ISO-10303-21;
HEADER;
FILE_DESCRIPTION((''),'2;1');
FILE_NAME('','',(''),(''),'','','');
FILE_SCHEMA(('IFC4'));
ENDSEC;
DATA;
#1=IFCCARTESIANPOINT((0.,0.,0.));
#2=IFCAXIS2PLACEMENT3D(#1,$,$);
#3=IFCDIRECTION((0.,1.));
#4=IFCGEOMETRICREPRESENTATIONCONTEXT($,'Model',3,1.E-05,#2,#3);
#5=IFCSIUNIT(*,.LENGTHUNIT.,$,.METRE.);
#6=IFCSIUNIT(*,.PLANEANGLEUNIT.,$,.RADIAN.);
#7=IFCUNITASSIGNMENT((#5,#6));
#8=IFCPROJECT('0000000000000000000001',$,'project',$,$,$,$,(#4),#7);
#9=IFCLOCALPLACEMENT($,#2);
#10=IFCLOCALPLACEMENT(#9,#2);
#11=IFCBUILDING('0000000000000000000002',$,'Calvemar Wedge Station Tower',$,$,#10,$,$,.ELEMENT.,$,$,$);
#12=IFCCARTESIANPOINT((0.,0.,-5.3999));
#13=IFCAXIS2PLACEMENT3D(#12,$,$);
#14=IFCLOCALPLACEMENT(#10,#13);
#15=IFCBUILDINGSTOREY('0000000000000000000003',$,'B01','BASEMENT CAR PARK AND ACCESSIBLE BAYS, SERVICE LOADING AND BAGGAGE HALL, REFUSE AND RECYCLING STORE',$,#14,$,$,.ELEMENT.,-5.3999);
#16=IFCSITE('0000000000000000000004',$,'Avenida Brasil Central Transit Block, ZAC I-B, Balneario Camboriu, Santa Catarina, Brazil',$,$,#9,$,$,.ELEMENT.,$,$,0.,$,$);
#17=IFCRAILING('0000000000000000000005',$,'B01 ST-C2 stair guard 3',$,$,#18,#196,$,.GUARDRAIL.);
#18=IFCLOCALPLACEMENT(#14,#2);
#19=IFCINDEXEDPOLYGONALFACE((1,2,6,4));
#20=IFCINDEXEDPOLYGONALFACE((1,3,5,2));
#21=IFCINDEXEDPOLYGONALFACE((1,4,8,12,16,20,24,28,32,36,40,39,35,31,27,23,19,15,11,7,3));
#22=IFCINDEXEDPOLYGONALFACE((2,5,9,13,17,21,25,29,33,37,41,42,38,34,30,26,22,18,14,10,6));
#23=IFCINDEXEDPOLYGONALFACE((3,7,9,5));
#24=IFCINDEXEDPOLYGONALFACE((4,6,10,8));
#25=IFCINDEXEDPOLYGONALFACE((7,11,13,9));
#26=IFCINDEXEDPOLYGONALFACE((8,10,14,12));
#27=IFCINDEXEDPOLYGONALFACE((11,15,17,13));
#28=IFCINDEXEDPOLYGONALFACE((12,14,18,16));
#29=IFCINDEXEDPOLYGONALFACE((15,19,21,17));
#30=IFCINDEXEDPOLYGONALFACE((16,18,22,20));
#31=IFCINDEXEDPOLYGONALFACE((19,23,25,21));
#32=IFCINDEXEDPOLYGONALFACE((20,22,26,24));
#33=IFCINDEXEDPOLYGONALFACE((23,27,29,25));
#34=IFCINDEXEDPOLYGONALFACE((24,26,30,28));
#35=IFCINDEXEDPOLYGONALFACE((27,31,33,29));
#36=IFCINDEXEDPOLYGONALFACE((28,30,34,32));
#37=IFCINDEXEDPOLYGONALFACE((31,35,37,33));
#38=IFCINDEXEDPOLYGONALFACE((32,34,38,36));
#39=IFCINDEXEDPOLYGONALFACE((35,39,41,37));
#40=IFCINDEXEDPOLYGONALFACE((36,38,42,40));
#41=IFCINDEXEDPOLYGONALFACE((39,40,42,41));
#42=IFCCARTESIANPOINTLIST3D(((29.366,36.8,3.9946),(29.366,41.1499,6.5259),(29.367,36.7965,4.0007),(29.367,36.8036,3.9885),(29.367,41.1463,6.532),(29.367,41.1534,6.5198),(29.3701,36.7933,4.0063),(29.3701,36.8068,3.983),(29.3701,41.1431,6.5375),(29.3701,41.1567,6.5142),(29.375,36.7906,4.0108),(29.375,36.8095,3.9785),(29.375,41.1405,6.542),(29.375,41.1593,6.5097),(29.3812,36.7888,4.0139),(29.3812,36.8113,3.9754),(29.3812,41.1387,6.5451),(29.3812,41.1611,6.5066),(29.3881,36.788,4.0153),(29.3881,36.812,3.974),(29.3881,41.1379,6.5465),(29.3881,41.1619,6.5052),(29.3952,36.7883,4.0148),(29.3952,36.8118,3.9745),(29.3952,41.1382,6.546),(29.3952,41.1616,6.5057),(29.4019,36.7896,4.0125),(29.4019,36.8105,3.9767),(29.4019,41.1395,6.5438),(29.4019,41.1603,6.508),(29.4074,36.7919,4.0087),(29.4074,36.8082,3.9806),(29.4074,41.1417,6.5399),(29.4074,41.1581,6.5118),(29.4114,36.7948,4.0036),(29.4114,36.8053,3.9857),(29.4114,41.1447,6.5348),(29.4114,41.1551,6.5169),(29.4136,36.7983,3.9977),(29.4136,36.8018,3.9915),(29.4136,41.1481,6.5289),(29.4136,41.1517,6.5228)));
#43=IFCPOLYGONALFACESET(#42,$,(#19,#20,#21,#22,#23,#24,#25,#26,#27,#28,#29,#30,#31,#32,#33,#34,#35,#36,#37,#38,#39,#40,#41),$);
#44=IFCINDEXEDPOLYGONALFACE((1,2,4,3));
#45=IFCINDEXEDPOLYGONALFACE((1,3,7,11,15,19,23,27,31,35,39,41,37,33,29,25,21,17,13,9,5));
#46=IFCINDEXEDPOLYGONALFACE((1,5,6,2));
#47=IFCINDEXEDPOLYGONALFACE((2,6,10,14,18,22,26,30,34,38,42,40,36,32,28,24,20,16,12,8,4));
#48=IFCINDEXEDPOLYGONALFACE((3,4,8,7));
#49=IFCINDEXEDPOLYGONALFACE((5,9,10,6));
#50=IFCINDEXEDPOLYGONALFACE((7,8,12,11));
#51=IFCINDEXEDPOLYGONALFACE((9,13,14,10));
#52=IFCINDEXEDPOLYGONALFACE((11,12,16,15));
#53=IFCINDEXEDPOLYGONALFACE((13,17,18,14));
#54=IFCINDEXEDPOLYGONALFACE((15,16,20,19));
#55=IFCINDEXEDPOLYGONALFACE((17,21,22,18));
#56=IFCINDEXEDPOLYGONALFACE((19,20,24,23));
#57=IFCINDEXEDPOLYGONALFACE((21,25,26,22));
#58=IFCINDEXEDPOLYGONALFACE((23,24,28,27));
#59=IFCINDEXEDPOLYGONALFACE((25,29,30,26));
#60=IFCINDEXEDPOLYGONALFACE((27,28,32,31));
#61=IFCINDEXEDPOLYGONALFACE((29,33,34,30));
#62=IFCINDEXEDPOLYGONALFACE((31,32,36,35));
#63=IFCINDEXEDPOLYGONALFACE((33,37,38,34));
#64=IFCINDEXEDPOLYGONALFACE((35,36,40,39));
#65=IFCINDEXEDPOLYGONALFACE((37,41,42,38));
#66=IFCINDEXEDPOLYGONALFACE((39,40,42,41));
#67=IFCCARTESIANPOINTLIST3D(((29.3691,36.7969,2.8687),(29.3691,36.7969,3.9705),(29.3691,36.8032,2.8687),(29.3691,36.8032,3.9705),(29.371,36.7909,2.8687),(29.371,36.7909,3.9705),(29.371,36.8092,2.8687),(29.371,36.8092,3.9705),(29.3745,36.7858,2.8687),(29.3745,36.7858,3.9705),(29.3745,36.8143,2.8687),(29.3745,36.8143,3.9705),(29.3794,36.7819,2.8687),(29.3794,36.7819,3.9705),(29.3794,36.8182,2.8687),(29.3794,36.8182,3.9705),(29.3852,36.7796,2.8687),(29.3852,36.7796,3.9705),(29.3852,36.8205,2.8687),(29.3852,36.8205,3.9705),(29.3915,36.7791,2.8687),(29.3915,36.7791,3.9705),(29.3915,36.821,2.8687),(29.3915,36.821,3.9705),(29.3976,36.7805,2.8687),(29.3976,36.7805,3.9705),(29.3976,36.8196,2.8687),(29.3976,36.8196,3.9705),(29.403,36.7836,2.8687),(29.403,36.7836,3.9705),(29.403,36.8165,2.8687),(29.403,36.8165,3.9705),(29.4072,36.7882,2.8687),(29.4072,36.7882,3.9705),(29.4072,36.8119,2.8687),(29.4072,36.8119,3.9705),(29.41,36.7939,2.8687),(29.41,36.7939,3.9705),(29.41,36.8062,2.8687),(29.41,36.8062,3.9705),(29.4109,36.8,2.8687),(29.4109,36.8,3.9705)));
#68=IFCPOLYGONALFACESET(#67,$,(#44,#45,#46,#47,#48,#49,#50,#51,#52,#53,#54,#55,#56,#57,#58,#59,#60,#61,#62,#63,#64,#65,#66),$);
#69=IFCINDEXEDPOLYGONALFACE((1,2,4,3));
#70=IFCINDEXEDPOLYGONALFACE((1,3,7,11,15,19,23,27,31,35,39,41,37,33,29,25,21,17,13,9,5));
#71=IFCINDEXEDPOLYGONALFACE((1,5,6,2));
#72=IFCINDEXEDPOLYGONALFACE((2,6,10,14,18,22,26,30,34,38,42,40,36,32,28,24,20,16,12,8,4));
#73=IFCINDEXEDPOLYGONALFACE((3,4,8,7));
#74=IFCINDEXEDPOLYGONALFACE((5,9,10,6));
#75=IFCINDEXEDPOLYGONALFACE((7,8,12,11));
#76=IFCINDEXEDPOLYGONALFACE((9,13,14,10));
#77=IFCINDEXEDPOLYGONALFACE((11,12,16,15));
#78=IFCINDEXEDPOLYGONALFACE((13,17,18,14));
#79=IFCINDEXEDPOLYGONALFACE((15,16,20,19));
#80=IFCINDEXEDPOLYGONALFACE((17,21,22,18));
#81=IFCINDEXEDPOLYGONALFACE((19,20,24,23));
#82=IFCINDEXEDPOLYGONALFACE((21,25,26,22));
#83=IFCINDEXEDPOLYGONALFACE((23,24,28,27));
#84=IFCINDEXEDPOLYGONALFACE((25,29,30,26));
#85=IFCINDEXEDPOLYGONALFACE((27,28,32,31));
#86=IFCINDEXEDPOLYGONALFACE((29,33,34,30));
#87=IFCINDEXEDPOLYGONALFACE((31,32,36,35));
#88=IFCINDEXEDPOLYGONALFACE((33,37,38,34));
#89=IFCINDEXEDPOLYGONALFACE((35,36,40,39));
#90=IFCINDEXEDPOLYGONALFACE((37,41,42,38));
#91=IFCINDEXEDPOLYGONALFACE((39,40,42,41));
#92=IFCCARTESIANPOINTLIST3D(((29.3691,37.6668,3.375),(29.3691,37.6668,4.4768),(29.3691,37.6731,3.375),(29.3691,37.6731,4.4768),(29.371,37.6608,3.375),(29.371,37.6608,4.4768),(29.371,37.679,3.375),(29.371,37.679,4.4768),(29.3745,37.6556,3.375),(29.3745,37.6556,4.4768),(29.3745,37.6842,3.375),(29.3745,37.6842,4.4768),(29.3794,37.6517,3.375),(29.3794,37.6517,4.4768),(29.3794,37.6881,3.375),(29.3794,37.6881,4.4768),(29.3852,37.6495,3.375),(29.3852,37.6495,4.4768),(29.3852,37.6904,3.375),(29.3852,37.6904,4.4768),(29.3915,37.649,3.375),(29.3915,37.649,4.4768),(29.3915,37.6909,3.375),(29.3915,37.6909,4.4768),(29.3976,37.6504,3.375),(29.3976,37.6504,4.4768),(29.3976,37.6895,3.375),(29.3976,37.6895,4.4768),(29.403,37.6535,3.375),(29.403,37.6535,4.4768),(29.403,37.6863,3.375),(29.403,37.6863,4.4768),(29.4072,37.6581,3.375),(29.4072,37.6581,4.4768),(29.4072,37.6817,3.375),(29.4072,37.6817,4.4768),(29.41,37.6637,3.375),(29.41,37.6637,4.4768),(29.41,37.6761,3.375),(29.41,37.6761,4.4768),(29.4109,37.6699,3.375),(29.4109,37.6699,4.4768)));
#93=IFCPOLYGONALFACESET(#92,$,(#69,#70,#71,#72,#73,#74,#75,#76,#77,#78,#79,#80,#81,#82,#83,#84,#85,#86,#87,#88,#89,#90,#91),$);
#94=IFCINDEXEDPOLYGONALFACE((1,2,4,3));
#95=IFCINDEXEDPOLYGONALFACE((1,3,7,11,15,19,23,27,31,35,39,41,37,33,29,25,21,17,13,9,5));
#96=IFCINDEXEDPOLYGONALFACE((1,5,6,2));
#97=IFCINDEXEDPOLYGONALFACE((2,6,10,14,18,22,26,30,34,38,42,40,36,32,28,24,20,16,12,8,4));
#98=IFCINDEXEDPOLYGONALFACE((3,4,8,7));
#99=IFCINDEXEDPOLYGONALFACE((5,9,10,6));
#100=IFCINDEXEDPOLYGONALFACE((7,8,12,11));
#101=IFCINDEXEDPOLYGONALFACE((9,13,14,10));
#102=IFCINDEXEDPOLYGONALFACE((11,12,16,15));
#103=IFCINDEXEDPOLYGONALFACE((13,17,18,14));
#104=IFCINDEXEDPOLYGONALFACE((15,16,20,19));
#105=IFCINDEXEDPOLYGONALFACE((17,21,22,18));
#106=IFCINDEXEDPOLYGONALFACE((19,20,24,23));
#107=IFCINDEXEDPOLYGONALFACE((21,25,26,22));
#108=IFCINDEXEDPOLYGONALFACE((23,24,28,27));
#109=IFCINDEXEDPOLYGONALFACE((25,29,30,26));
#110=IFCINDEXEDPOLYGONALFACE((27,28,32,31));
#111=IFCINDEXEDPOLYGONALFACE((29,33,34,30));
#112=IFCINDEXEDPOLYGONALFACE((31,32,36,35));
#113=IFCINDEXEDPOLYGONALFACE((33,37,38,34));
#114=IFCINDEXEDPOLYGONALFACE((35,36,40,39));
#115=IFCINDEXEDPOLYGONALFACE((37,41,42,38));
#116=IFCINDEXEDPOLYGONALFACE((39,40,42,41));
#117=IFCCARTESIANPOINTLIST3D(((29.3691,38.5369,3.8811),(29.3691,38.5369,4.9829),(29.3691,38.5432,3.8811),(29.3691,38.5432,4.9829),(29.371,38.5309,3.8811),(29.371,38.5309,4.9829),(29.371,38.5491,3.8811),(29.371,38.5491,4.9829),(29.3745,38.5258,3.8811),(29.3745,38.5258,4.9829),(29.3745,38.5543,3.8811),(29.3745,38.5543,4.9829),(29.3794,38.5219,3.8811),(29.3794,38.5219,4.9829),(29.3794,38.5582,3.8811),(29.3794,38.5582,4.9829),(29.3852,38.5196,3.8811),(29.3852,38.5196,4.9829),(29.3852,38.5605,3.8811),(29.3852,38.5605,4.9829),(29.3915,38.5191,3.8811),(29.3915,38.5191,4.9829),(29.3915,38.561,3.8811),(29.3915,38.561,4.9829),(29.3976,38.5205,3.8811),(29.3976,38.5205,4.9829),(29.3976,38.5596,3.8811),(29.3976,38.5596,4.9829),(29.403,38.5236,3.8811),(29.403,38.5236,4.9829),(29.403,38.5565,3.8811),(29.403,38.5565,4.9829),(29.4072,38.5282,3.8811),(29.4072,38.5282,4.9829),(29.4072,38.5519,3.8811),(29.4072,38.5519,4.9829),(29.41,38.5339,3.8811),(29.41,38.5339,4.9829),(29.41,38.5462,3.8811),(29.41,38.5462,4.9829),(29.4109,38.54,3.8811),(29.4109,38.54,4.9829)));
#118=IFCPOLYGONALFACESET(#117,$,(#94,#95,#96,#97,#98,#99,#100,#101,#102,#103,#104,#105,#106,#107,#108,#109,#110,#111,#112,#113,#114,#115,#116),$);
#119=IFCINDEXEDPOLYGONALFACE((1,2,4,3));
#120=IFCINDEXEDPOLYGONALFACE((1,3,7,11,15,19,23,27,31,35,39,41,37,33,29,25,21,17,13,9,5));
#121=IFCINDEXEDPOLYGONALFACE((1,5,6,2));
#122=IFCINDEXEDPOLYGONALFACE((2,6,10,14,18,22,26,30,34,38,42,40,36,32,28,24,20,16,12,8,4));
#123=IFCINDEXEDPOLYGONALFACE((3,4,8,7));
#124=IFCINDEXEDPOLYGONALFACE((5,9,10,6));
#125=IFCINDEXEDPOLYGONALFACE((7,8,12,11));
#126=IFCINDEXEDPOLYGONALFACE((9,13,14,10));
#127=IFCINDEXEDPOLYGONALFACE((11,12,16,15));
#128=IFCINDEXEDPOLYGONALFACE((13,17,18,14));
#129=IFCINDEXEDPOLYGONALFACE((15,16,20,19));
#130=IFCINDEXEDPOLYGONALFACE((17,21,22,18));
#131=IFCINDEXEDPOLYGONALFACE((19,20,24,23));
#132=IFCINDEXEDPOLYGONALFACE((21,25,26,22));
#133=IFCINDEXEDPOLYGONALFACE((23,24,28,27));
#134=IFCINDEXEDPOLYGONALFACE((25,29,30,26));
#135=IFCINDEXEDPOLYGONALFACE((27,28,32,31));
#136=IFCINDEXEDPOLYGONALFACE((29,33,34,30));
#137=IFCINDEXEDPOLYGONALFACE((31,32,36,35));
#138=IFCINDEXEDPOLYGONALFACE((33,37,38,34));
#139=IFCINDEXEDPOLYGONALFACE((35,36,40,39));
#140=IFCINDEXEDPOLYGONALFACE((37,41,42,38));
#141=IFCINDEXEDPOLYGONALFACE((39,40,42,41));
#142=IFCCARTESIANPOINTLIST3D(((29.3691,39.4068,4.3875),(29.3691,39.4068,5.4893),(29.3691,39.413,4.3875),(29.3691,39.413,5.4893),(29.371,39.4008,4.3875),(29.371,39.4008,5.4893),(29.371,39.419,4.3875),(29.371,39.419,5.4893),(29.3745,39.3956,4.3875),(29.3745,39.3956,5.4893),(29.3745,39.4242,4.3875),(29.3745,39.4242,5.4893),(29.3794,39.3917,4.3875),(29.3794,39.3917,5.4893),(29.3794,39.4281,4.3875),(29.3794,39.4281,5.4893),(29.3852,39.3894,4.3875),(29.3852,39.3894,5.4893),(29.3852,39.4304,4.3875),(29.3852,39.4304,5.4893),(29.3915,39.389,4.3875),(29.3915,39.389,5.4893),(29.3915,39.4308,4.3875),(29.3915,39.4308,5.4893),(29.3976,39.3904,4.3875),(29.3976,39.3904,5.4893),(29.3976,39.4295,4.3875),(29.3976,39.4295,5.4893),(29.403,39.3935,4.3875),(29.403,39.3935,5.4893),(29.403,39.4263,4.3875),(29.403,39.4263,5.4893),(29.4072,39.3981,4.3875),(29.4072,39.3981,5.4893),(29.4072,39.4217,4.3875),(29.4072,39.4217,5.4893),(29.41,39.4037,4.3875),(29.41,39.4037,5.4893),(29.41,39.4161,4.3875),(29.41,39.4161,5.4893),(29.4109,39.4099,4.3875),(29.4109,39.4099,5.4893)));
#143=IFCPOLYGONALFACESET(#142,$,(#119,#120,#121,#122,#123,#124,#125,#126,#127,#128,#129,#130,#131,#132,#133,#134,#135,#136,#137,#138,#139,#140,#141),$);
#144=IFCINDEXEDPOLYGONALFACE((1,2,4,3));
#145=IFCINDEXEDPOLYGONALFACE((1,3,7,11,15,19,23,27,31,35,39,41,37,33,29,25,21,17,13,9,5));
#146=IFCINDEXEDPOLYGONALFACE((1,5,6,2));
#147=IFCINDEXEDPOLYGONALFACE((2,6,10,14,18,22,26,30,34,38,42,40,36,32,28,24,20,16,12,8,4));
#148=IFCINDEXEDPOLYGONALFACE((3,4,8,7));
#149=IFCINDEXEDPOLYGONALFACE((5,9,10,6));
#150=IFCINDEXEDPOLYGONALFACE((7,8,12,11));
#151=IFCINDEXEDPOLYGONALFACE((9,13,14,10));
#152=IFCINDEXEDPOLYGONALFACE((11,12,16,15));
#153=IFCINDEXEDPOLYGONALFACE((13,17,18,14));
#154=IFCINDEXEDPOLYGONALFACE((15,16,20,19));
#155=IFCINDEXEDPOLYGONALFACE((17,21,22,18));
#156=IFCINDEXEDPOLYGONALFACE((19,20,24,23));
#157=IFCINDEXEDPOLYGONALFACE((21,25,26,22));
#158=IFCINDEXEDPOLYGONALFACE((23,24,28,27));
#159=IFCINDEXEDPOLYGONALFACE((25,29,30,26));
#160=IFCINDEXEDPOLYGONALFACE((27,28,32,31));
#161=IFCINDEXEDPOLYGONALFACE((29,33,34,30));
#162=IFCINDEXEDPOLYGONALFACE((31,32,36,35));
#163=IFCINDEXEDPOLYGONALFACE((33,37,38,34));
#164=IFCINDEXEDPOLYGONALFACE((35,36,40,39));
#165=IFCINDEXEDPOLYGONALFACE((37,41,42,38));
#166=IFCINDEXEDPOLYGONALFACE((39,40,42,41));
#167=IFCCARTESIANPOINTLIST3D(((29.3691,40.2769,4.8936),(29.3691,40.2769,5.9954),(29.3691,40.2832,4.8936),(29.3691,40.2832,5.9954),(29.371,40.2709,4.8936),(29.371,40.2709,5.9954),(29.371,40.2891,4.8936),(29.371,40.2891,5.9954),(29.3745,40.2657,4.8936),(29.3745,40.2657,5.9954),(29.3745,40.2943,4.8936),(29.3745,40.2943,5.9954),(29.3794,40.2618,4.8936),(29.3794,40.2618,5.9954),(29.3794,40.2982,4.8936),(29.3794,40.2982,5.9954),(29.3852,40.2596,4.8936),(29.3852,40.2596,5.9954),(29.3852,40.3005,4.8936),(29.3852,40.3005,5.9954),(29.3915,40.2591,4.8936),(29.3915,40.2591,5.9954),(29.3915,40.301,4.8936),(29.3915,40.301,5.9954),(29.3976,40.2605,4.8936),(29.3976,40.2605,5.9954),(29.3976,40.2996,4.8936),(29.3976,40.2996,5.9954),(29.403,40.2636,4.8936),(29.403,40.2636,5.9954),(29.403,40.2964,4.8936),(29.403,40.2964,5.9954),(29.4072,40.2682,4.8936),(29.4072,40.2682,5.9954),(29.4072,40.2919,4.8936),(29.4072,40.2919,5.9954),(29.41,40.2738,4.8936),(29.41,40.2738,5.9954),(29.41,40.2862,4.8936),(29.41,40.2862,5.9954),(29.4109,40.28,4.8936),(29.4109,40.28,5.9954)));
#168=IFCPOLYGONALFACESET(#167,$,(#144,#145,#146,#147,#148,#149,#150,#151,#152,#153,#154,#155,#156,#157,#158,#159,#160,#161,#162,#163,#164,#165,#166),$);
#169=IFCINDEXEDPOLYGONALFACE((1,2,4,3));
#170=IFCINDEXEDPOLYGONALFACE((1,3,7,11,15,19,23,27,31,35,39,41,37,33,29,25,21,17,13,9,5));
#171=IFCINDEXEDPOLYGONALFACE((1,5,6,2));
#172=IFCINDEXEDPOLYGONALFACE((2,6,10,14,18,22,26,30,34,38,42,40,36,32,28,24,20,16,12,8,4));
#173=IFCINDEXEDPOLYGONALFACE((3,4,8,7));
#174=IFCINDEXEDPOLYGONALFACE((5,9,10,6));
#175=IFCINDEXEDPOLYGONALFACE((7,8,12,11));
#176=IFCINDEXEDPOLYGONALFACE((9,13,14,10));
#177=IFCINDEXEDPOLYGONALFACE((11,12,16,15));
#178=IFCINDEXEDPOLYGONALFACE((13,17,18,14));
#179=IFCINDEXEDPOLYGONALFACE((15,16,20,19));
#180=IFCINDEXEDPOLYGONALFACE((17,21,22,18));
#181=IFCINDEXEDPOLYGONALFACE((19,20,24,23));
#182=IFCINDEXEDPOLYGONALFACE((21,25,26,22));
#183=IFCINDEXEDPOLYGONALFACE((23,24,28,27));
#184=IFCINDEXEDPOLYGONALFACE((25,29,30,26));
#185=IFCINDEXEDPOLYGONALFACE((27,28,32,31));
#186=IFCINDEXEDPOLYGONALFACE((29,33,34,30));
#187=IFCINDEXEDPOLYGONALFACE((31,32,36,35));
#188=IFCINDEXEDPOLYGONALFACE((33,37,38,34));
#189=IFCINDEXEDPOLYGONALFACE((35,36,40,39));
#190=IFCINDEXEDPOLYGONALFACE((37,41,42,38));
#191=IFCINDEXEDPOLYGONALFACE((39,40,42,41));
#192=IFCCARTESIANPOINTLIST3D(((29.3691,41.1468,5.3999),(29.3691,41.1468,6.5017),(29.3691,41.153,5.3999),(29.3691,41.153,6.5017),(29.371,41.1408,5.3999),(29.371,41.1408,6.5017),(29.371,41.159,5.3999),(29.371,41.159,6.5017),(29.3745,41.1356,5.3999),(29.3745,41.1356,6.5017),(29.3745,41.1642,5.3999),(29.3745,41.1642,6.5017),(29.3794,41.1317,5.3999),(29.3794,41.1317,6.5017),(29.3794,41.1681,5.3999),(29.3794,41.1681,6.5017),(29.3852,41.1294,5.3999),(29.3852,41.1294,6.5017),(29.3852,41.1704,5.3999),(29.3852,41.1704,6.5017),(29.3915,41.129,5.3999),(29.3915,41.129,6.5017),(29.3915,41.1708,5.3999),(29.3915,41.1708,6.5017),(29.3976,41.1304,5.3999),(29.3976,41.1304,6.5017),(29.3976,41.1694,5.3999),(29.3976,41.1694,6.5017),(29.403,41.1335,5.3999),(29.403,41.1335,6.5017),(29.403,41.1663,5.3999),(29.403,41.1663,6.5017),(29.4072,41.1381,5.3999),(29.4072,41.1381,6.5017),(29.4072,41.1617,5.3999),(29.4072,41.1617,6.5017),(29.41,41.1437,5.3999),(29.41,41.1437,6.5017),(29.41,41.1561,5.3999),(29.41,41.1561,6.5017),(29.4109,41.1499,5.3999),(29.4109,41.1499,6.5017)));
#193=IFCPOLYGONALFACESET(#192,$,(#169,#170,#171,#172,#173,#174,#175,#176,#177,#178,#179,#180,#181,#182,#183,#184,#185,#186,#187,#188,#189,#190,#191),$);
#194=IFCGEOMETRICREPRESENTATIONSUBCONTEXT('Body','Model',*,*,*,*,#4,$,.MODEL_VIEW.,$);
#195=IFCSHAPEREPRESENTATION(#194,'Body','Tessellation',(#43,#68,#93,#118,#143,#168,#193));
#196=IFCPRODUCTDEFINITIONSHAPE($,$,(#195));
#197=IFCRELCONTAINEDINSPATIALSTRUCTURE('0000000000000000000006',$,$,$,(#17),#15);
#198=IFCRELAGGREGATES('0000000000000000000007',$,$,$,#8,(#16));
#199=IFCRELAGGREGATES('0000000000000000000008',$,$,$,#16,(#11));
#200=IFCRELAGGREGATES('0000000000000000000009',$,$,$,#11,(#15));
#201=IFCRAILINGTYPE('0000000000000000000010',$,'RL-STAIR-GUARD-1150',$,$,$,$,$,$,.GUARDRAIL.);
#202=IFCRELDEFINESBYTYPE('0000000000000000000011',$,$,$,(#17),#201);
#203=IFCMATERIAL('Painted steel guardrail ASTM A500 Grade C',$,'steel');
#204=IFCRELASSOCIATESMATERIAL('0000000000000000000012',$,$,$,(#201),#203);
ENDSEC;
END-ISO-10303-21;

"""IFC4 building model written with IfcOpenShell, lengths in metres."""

from ifc_helpers import new_model, si_unit, direction, frame, origin, origin_2d, place, context, subcontext, project, spatial, circle, extrude, material, type_object, element, save


model = new_model("IFC4")

# Units and contexts
model_context = context("Model", 3, precision=1e-05, world=origin(), true_north=direction((0.0, 1.0)))
body_context = subcontext(model_context, "Body", "Model", "MODEL_VIEW")
ifc_project = project(units=[si_unit("LENGTHUNIT", "METRE"), si_unit("PLANEANGLEUNIT", "RADIAN")], contexts=[model_context])

# Site, building, storey
site_placement = place(None, origin())
site = spatial("IfcSite", under=ifc_project, at=site_placement, Name="Avenida Brasil Central Transit Block, ZAC I-B, Balneario Camboriu, Santa Catarina, Brazil", CompositionType="ELEMENT", RefElevation=0.0)
building_placement = place(site_placement, origin())
building = spatial("IfcBuilding", under=site, at=building_placement, Name="Calvemar Wedge Station Tower", CompositionType="ELEMENT")
storey_placement = place(building_placement, frame((0.0, 0.0, -5.3999)))
storey = spatial("IfcBuildingStorey", under=building, at=storey_placement, Name="B01", Description="BASEMENT CAR PARK AND ACCESSIBLE BAYS, SERVICE LOADING AND BAGGAGE HALL, REFUSE AND RECYCLING STORE", CompositionType="ELEMENT", Elevation=-5.3999)

# Railing
ifc_material_1 = material(Name="Painted steel guardrail ASTM A500 Grade C", Category="steel")
railing_type_1 = type_object("IfcRailingType", Name="RL-STAIR-GUARD-1150", PredefinedType="GUARDRAIL", material=ifc_material_1)
railing_1_placement = place(storey_placement, frame((29.3899, 36.8, 2.8687)))
element("IfcRailing", 1, at=railing_1_placement, inside=storey, type_object=railing_type_1, Name="B01 ST-C2 stair guard 3", PredefinedType="GUARDRAIL", context=body_context, shape_type="SweptSolid", body=[
    extrude(circle(Radius=0.0239, at=origin_2d()), frame((0.0, 0.0, 1.126), z_axis=(0.0, 0.864312, 0.502957), x_axis=(-1.0, 0.0, 0.0)), (0.0, 0.0, 1.0), 5.0327),
    extrude(circle(Radius=0.021, at=origin_2d()), origin(), (0.0, 0.0, 1.0), 1.1018),
    extrude(circle(Radius=0.021, at=origin_2d()), frame((0.0, 0.8699, 0.5063)), (0.0, 0.0, 1.0), 1.1018),
    extrude(circle(Radius=0.021, at=origin_2d()), frame((0.0, 1.74, 1.0125)), (0.0, 0.0, 1.0), 1.1018),
    extrude(circle(Radius=0.021, at=origin_2d()), frame((0.0, 2.6099, 1.5188)), (0.0, 0.0, 1.0), 1.1018),
    extrude(circle(Radius=0.021, at=origin_2d()), frame((0.0, 3.48, 2.0249)), (0.0, 0.0, 1.0), 1.1018),
    extrude(circle(Radius=0.021, at=origin_2d()), frame((0.0, 4.3499, 2.5312)), (0.0, 0.0, 1.0), 1.1018),
])

save(model, "model.ifc")
